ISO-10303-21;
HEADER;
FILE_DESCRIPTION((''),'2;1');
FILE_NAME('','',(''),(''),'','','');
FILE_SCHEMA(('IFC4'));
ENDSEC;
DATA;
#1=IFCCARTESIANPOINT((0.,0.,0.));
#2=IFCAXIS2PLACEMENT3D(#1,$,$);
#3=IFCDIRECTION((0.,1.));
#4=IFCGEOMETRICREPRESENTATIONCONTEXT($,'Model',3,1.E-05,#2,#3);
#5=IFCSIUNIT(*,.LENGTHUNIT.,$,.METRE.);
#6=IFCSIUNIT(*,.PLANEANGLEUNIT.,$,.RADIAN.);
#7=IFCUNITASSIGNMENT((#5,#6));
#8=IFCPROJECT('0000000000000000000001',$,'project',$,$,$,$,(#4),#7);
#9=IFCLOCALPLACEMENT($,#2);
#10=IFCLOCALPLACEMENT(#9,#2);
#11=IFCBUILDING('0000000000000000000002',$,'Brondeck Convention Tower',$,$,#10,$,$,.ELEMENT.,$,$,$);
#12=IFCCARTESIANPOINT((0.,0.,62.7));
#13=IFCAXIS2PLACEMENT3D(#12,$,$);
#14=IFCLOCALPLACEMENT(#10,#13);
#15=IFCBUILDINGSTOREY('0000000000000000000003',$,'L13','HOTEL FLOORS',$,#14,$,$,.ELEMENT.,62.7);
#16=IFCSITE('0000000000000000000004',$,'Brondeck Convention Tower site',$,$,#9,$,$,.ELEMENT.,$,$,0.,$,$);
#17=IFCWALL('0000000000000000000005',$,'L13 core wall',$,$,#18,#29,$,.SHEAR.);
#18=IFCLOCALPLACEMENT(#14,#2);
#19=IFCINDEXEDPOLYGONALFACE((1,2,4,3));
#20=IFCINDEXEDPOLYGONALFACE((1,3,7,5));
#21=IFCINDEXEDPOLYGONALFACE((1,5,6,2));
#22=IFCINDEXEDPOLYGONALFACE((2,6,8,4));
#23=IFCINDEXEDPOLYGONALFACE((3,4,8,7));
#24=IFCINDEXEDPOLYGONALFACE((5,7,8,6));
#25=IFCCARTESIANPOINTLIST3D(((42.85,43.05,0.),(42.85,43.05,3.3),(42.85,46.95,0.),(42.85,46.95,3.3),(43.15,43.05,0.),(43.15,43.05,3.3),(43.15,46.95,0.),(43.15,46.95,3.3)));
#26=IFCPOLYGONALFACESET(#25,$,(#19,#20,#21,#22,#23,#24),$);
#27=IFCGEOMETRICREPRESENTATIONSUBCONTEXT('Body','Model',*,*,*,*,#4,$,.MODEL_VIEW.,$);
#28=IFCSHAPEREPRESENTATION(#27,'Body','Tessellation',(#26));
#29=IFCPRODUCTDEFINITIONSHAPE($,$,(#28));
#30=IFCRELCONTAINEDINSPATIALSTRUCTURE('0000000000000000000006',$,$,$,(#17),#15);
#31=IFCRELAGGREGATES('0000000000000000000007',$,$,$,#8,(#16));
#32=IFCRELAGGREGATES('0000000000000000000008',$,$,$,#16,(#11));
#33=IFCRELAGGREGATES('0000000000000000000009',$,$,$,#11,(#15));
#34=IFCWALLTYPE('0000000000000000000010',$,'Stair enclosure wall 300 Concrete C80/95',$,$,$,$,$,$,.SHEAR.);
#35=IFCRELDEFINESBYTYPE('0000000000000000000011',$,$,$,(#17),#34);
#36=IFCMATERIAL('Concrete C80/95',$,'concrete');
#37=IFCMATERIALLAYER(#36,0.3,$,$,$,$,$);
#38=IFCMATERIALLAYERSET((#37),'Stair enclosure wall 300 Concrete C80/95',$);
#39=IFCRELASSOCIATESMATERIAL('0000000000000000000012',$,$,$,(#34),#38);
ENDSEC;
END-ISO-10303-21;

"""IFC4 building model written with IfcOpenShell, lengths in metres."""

from ifc_helpers import new_model, si_unit, direction, frame, frame_2d, origin, place, context, subcontext, project, spatial, rectangle, extrude, material, layer, layer_set, type_object, element, save


model = new_model("IFC4")

# Units and contexts
model_context = context("Model", 3, precision=1e-05, world=origin(), true_north=direction((0.0, 1.0)))
body_context = subcontext(model_context, "Body", "Model", "MODEL_VIEW")
ifc_project = project(units=[si_unit("LENGTHUNIT", "METRE"), si_unit("PLANEANGLEUNIT", "RADIAN")], contexts=[model_context])

# Site, building, storey
site_placement = place(None, origin())
site = spatial("IfcSite", under=ifc_project, at=site_placement, Name="Brondeck Convention Tower site", CompositionType="ELEMENT", RefElevation=0.0)
building_placement = place(site_placement, origin())
building = spatial("IfcBuilding", under=site, at=building_placement, Name="Brondeck Convention Tower", CompositionType="ELEMENT")
storey_placement = place(building_placement, frame((0.0, 0.0, 62.7)))
storey = spatial("IfcBuildingStorey", under=building, at=storey_placement, Name="L13", Description="HOTEL FLOORS", CompositionType="ELEMENT", Elevation=62.7)

# Shared definitions
ifc_material_1 = material(Name="Concrete C80/95", Category="concrete")

# Wall
ifc_layer_1 = layer(ifc_material_1, 0.3)
ifc_layer_set_1 = layer_set([ifc_layer_1], Name="Stair enclosure wall 300 Concrete C80/95")
wall_type_1 = type_object("IfcWallType", Name="Stair enclosure wall 300 Concrete C80/95", PredefinedType="SHEAR", material=ifc_layer_set_1)
wall_1_placement = place(storey_placement, frame((43.0, 43.05, 0.0), z_axis=(0.0, 0.0, 1.0), x_axis=(0.0, 1.0, 0.0)))
element("IfcWall", 1, at=wall_1_placement, inside=storey, type_object=wall_type_1, Name="L13 core wall", PredefinedType="SHEAR", context=body_context, shape_type="SweptSolid", body=[
    extrude(rectangle(XDim=3.8999, YDim=0.3, at=frame_2d((1.95, 0.0))), origin(), (0.0, 0.0, 1.0), 3.3),
])

save(model, "model.ifc")
